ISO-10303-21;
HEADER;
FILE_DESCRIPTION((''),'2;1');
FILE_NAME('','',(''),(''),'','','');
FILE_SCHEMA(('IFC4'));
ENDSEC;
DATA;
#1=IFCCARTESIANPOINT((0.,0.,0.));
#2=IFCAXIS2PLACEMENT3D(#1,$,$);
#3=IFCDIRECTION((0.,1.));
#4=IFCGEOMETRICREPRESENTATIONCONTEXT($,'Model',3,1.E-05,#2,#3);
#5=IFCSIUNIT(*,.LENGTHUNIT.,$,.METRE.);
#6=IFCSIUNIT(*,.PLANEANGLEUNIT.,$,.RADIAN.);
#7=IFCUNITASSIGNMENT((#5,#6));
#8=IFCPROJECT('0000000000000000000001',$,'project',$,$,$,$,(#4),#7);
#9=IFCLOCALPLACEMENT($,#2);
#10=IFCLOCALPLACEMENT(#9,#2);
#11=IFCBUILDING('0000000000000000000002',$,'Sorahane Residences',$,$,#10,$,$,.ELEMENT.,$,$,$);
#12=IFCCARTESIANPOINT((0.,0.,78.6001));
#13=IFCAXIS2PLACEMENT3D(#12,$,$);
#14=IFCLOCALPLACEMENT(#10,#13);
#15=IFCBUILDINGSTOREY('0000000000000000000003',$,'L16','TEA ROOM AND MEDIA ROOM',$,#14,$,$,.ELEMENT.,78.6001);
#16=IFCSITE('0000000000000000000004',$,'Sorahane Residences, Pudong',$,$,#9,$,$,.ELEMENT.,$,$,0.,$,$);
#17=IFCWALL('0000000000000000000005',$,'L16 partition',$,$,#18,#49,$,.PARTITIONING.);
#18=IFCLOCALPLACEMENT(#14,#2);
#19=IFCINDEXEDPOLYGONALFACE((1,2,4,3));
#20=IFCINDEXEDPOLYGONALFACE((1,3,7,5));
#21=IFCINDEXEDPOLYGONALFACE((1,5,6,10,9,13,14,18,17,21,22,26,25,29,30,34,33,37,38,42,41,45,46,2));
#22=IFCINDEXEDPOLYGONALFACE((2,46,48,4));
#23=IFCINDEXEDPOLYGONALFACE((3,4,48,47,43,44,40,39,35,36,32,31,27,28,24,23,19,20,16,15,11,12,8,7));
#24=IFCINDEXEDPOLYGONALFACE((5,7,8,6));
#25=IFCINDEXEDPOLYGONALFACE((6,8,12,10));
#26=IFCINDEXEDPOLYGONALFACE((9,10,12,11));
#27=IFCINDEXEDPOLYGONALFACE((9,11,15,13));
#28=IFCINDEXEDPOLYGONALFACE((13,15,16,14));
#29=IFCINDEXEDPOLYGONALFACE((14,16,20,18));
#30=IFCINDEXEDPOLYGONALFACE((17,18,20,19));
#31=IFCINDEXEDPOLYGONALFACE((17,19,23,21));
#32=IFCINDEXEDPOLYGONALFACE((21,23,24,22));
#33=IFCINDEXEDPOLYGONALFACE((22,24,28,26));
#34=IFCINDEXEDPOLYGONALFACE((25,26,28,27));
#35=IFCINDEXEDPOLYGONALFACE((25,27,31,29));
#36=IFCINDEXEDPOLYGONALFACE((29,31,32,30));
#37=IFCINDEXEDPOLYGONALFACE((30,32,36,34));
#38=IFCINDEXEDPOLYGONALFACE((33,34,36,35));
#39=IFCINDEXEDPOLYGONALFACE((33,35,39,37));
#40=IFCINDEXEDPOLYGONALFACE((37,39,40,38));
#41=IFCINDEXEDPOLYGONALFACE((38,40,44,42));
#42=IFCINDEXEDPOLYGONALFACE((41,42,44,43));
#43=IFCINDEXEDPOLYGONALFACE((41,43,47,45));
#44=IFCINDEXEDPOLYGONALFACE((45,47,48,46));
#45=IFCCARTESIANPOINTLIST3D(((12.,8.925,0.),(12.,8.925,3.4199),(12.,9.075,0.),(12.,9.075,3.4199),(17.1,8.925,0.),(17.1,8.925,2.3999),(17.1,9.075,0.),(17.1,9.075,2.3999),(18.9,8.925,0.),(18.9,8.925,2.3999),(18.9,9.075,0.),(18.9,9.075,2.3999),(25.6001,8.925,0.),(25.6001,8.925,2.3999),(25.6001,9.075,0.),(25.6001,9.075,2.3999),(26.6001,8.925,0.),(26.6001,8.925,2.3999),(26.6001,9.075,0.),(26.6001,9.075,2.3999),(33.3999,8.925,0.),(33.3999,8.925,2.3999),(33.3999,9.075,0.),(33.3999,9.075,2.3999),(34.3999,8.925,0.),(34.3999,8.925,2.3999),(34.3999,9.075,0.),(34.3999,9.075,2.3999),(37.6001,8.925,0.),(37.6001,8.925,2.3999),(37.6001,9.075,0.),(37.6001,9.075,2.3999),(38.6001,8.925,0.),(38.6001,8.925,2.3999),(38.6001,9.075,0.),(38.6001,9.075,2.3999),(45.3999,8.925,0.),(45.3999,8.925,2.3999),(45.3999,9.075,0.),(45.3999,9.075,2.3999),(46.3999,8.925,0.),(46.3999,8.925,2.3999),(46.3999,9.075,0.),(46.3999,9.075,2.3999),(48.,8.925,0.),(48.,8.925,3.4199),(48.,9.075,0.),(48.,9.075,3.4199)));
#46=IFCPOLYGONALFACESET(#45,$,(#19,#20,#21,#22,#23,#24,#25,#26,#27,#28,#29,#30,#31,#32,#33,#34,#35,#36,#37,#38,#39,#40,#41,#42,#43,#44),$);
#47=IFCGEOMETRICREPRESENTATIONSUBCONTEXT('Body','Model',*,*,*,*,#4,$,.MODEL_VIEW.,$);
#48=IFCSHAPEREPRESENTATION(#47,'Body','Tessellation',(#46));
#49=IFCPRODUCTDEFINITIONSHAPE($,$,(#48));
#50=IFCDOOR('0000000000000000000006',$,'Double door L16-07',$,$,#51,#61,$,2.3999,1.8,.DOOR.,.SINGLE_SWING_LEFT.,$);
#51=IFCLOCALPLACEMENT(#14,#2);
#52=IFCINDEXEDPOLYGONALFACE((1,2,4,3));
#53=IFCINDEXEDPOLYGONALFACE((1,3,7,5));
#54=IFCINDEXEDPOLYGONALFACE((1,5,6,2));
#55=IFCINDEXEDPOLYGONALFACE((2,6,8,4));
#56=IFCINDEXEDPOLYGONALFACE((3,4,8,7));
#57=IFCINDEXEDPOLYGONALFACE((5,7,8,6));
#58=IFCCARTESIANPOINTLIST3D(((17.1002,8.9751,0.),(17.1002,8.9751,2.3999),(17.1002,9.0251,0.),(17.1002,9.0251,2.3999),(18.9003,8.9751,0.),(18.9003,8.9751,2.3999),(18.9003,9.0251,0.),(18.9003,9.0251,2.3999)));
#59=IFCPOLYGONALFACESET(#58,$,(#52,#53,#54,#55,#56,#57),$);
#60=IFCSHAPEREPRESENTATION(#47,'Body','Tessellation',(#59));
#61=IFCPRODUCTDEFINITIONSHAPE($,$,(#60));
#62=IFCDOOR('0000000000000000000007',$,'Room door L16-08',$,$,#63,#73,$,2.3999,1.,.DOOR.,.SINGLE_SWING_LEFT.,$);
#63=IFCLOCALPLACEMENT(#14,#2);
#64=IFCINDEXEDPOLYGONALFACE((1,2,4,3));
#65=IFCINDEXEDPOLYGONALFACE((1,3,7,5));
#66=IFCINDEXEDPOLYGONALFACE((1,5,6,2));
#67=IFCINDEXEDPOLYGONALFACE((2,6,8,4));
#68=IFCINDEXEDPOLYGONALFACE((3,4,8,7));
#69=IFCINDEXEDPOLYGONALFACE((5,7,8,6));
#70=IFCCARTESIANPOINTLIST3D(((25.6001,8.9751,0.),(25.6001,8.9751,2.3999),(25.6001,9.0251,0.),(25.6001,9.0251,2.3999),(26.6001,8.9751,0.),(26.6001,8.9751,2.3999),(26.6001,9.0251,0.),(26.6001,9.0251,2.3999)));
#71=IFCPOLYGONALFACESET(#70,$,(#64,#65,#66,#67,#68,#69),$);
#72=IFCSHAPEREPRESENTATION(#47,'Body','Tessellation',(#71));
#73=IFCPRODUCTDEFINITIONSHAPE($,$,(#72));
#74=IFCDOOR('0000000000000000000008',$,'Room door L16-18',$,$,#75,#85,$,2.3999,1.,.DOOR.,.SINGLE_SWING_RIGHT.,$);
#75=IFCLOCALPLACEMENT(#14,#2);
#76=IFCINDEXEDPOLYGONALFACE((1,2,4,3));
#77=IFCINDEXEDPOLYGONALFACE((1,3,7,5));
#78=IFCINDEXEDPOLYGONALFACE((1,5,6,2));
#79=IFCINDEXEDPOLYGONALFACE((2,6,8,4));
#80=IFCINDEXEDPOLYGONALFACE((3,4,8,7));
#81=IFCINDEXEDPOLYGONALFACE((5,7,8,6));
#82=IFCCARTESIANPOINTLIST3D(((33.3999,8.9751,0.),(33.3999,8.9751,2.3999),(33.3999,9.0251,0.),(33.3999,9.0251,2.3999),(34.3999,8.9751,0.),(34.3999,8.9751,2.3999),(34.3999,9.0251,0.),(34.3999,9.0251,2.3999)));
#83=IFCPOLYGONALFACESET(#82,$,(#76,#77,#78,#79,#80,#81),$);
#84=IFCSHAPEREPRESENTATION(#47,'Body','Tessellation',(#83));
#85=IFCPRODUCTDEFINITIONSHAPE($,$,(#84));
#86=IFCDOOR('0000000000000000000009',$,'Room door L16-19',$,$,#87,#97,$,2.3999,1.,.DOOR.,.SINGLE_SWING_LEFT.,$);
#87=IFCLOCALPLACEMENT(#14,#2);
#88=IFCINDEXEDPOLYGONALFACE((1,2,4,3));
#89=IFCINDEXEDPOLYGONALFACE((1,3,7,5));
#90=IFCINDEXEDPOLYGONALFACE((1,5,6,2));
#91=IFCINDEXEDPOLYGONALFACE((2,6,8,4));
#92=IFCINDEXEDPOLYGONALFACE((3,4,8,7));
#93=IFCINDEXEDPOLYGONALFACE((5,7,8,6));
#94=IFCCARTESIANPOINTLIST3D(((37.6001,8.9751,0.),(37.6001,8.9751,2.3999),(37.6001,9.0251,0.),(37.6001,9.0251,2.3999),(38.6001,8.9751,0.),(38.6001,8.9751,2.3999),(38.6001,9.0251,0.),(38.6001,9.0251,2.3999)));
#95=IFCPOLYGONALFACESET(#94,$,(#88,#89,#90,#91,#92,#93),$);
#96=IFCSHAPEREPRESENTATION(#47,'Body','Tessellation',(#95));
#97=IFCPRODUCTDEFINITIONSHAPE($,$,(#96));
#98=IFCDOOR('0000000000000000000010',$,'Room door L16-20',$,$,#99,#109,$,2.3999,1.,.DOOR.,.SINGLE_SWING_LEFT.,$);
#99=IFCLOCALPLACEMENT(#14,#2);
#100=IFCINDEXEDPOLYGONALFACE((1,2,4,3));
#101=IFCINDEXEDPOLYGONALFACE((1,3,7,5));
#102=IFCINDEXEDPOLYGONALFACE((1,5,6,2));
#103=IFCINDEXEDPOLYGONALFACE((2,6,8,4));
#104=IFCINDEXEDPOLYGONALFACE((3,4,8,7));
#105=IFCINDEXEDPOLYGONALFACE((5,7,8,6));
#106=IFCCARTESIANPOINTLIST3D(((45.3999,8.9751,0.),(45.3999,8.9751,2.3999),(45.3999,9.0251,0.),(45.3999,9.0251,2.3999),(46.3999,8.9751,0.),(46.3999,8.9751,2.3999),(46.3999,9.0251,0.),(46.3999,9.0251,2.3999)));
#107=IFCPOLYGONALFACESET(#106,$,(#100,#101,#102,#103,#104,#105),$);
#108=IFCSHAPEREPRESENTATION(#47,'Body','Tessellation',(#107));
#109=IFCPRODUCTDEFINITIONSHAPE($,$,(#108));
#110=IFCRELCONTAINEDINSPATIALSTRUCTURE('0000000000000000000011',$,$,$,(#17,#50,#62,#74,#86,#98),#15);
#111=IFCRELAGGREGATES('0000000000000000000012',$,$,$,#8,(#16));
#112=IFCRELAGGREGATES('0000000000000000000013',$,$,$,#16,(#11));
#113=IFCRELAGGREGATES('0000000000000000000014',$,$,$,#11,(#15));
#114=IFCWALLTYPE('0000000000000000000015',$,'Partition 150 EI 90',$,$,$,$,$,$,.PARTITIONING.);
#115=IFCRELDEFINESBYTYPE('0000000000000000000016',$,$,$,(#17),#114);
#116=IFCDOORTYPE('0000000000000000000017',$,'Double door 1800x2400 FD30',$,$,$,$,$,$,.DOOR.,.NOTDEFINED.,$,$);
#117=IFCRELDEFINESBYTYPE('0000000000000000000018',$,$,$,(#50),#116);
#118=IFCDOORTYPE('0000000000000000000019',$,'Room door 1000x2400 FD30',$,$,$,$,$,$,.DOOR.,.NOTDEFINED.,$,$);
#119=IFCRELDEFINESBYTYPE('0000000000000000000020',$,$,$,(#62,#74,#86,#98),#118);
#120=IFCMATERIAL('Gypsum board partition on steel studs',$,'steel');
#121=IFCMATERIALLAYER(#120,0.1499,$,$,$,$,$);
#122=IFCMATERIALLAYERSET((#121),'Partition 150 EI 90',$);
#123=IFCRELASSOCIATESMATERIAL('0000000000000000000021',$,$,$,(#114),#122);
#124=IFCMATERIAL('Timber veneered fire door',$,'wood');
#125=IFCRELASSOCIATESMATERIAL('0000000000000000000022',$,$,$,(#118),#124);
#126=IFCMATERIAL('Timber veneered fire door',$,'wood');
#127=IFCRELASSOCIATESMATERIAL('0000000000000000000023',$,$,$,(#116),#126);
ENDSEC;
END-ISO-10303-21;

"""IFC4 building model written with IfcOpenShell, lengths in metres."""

from ifc_helpers import new_model, si_unit, direction, frame, frame_2d, origin, place, context, subcontext, project, spatial, rectangle, extrude, material, layer, layer_set, type_object, element, fill, save


model = new_model("IFC4")

# Units and contexts
model_context = context("Model", 3, precision=1e-05, world=origin(), true_north=direction((0.0, 1.0)))
body_context = subcontext(model_context, "Body", "Model", "MODEL_VIEW")
ifc_project = project(units=[si_unit("LENGTHUNIT", "METRE"), si_unit("PLANEANGLEUNIT", "RADIAN")], contexts=[model_context])

# Site, building, storey
site_placement = place(None, origin())
site = spatial("IfcSite", under=ifc_project, at=site_placement, Name="Sorahane Residences, Pudong", CompositionType="ELEMENT", RefElevation=0.0)
building_placement = place(site_placement, origin())
building = spatial("IfcBuilding", under=site, at=building_placement, Name="Sorahane Residences", CompositionType="ELEMENT")
storey_placement = place(building_placement, frame((0.0, 0.0, 78.6001)))
storey = spatial("IfcBuildingStorey", under=building, at=storey_placement, Name="L16", Description="TEA ROOM AND MEDIA ROOM", CompositionType="ELEMENT", Elevation=78.6001)

# Wall, openings, doors
ifc_material_1 = material(Name="Gypsum board partition on steel studs", Category="steel")
ifc_layer_1 = layer(ifc_material_1, 0.1499)
ifc_layer_set_1 = layer_set([ifc_layer_1], Name="Partition 150 EI 90")
wall_type_1 = type_object("IfcWallType", Name="Partition 150 EI 90", PredefinedType="PARTITIONING", material=ifc_layer_set_1)
ifc_material_2 = material(Name="Timber veneered fire door", Category="wood")
door_type_1 = type_object("IfcDoorType", Name="Room door 1000x2400 FD30", OperationType="NOTDEFINED", PredefinedType="DOOR", material=ifc_material_2)
wall_1_placement = place(storey_placement, frame((12.0, 9.0, 0.0), z_axis=(0.0, 0.0, 1.0), x_axis=(1.0, 0.0, 0.0)))
wall_1 = element("IfcWall", 1, at=wall_1_placement, inside=storey, type_object=wall_type_1, Name="L16 partition", PredefinedType="PARTITIONING", context=body_context, shape_type="SweptSolid", body=[
    extrude(rectangle(XDim=36.0, YDim=0.1499, at=frame_2d((18.0, 0.0))), origin(), (0.0, 0.0, 1.0), 3.4199),
])
opening_1_placement = place(wall_1_placement, frame((5.1001, 0.0, 0.0)))
opening_1 = element("IfcOpeningElement", 2, at=opening_1_placement, cuts=wall_1, PredefinedType="OPENING", context=body_context, shape_type="SweptSolid", body=[
    extrude(rectangle(XDim=1.8, YDim=2.3999, at=frame_2d((0.8999, 1.2))), frame((0.0, 0.085, 0.0), z_axis=(0.0, -1.0, 0.0), x_axis=(1.0, 0.0, 0.0)), (0.0, 0.0, 1.0), 0.1699),
])
opening_2_placement = place(wall_1_placement, frame((13.6001, 0.0, 0.0)))
opening_2 = element("IfcOpeningElement", 3, at=opening_2_placement, cuts=wall_1, PredefinedType="OPENING", context=body_context, shape_type="SweptSolid", body=[
    extrude(rectangle(XDim=1.0, YDim=2.3999, at=frame_2d((0.5, 1.2))), frame((0.0, 0.085, 0.0), z_axis=(0.0, -1.0, 0.0), x_axis=(1.0, 0.0, 0.0)), (0.0, 0.0, 1.0), 0.1699),
])
opening_3_placement = place(wall_1_placement, frame((21.3999, 0.0, 0.0)))
opening_3 = element("IfcOpeningElement", 4, at=opening_3_placement, cuts=wall_1, PredefinedType="OPENING", context=body_context, shape_type="SweptSolid", body=[
    extrude(rectangle(XDim=1.0, YDim=2.3999, at=frame_2d((0.5, 1.2))), frame((0.0, 0.085, 0.0), z_axis=(0.0, -1.0, 0.0), x_axis=(1.0, 0.0, 0.0)), (0.0, 0.0, 1.0), 0.1699),
])
opening_4_placement = place(wall_1_placement, frame((25.6001, 0.0, 0.0)))
opening_4 = element("IfcOpeningElement", 5, at=opening_4_placement, cuts=wall_1, PredefinedType="OPENING", context=body_context, shape_type="SweptSolid", body=[
    extrude(rectangle(XDim=1.0, YDim=2.3999, at=frame_2d((0.5, 1.2))), frame((0.0, 0.085, 0.0), z_axis=(0.0, -1.0, 0.0), x_axis=(1.0, 0.0, 0.0)), (0.0, 0.0, 1.0), 0.1699),
])
opening_5_placement = place(wall_1_placement, frame((33.3999, 0.0, 0.0)))
opening_5 = element("IfcOpeningElement", 6, at=opening_5_placement, cuts=wall_1, PredefinedType="OPENING", context=body_context, shape_type="SweptSolid", body=[
    extrude(rectangle(XDim=1.0, YDim=2.3999, at=frame_2d((0.5, 1.2))), frame((0.0, 0.085, 0.0), z_axis=(0.0, -1.0, 0.0), x_axis=(1.0, 0.0, 0.0)), (0.0, 0.0, 1.0), 0.1699),
])
ifc_material_3 = material(Name="Timber veneered fire door", Category="wood")
door_type_2 = type_object("IfcDoorType", Name="Double door 1800x2400 FD30", OperationType="NOTDEFINED", PredefinedType="DOOR", material=ifc_material_3)
door_1_placement = place(opening_1_placement, frame((1.8, 0.0, 0.0), z_axis=(0.0, 0.0, 1.0), x_axis=(-1.0, 0.0, 0.0)))
door_1 = element("IfcDoor", 7, at=door_1_placement, inside=storey, type_object=door_type_2, Name="Double door L16-07", OperationType="SINGLE_SWING_LEFT", OverallHeight=2.3999, OverallWidth=1.8, PredefinedType="DOOR", context=body_context, shape_type="SweptSolid", body=[
    extrude(rectangle(XDim=1.8, YDim=2.3999, at=frame_2d((0.8999, 1.2))), frame((0.0, 0.0249, 0.0), z_axis=(0.0, -1.0, 0.0), x_axis=(1.0, 0.0, 0.0)), (0.0, 0.0, 1.0), 0.05),
])
fill(opening_1, door_1)
door_2_placement = place(opening_2_placement, frame((1.0, 0.0, 0.0), z_axis=(0.0, 0.0, 1.0), x_axis=(-1.0, 0.0, 0.0)))
door_2 = element("IfcDoor", 8, at=door_2_placement, inside=storey, type_object=door_type_1, Name="Room door L16-08", OperationType="SINGLE_SWING_LEFT", OverallHeight=2.3999, OverallWidth=1.0, PredefinedType="DOOR", context=body_context, shape_type="SweptSolid", body=[
    extrude(rectangle(XDim=1.0, YDim=2.3999, at=frame_2d((0.5, 1.2))), frame((0.0, 0.0249, 0.0), z_axis=(0.0, -1.0, 0.0), x_axis=(1.0, 0.0, 0.0)), (0.0, 0.0, 1.0), 0.05),
])
fill(opening_2, door_2)
door_3_placement = place(opening_3_placement, frame((1.0, 0.0, 0.0), z_axis=(0.0, 0.0, 1.0), x_axis=(-1.0, 0.0, 0.0)))
door_3 = element("IfcDoor", 9, at=door_3_placement, inside=storey, type_object=door_type_1, Name="Room door L16-18", OperationType="SINGLE_SWING_RIGHT", OverallHeight=2.3999, OverallWidth=1.0, PredefinedType="DOOR", context=body_context, shape_type="SweptSolid", body=[
    extrude(rectangle(XDim=1.0, YDim=2.3999, at=frame_2d((0.5, 1.2))), frame((0.0, 0.0249, 0.0), z_axis=(0.0, -1.0, 0.0), x_axis=(1.0, 0.0, 0.0)), (0.0, 0.0, 1.0), 0.05),
])
fill(opening_3, door_3)
door_4_placement = place(opening_4_placement, frame((1.0, 0.0, 0.0), z_axis=(0.0, 0.0, 1.0), x_axis=(-1.0, 0.0, 0.0)))
door_4 = element("IfcDoor", 10, at=door_4_placement, inside=storey, type_object=door_type_1, Name="Room door L16-19", OperationType="SINGLE_SWING_LEFT", OverallHeight=2.3999, OverallWidth=1.0, PredefinedType="DOOR", context=body_context, shape_type="SweptSolid", body=[
    extrude(rectangle(XDim=1.0, YDim=2.3999, at=frame_2d((0.5, 1.2))), frame((0.0, 0.0249, 0.0), z_axis=(0.0, -1.0, 0.0), x_axis=(1.0, 0.0, 0.0)), (0.0, 0.0, 1.0), 0.05),
])
fill(opening_4, door_4)
door_5_placement = place(opening_5_placement, frame((1.0, 0.0, 0.0), z_axis=(0.0, 0.0, 1.0), x_axis=(-1.0, 0.0, 0.0)))
door_5 = element("IfcDoor", 11, at=door_5_placement, inside=storey, type_object=door_type_1, Name="Room door L16-20", OperationType="SINGLE_SWING_LEFT", OverallHeight=2.3999, OverallWidth=1.0, PredefinedType="DOOR", context=body_context, shape_type="SweptSolid", body=[
    extrude(rectangle(XDim=1.0, YDim=2.3999, at=frame_2d((0.5, 1.2))), frame((0.0, 0.0249, 0.0), z_axis=(0.0, -1.0, 0.0), x_axis=(1.0, 0.0, 0.0)), (0.0, 0.0, 1.0), 0.05),
])
fill(opening_5, door_5)

save(model, "model.ifc")
